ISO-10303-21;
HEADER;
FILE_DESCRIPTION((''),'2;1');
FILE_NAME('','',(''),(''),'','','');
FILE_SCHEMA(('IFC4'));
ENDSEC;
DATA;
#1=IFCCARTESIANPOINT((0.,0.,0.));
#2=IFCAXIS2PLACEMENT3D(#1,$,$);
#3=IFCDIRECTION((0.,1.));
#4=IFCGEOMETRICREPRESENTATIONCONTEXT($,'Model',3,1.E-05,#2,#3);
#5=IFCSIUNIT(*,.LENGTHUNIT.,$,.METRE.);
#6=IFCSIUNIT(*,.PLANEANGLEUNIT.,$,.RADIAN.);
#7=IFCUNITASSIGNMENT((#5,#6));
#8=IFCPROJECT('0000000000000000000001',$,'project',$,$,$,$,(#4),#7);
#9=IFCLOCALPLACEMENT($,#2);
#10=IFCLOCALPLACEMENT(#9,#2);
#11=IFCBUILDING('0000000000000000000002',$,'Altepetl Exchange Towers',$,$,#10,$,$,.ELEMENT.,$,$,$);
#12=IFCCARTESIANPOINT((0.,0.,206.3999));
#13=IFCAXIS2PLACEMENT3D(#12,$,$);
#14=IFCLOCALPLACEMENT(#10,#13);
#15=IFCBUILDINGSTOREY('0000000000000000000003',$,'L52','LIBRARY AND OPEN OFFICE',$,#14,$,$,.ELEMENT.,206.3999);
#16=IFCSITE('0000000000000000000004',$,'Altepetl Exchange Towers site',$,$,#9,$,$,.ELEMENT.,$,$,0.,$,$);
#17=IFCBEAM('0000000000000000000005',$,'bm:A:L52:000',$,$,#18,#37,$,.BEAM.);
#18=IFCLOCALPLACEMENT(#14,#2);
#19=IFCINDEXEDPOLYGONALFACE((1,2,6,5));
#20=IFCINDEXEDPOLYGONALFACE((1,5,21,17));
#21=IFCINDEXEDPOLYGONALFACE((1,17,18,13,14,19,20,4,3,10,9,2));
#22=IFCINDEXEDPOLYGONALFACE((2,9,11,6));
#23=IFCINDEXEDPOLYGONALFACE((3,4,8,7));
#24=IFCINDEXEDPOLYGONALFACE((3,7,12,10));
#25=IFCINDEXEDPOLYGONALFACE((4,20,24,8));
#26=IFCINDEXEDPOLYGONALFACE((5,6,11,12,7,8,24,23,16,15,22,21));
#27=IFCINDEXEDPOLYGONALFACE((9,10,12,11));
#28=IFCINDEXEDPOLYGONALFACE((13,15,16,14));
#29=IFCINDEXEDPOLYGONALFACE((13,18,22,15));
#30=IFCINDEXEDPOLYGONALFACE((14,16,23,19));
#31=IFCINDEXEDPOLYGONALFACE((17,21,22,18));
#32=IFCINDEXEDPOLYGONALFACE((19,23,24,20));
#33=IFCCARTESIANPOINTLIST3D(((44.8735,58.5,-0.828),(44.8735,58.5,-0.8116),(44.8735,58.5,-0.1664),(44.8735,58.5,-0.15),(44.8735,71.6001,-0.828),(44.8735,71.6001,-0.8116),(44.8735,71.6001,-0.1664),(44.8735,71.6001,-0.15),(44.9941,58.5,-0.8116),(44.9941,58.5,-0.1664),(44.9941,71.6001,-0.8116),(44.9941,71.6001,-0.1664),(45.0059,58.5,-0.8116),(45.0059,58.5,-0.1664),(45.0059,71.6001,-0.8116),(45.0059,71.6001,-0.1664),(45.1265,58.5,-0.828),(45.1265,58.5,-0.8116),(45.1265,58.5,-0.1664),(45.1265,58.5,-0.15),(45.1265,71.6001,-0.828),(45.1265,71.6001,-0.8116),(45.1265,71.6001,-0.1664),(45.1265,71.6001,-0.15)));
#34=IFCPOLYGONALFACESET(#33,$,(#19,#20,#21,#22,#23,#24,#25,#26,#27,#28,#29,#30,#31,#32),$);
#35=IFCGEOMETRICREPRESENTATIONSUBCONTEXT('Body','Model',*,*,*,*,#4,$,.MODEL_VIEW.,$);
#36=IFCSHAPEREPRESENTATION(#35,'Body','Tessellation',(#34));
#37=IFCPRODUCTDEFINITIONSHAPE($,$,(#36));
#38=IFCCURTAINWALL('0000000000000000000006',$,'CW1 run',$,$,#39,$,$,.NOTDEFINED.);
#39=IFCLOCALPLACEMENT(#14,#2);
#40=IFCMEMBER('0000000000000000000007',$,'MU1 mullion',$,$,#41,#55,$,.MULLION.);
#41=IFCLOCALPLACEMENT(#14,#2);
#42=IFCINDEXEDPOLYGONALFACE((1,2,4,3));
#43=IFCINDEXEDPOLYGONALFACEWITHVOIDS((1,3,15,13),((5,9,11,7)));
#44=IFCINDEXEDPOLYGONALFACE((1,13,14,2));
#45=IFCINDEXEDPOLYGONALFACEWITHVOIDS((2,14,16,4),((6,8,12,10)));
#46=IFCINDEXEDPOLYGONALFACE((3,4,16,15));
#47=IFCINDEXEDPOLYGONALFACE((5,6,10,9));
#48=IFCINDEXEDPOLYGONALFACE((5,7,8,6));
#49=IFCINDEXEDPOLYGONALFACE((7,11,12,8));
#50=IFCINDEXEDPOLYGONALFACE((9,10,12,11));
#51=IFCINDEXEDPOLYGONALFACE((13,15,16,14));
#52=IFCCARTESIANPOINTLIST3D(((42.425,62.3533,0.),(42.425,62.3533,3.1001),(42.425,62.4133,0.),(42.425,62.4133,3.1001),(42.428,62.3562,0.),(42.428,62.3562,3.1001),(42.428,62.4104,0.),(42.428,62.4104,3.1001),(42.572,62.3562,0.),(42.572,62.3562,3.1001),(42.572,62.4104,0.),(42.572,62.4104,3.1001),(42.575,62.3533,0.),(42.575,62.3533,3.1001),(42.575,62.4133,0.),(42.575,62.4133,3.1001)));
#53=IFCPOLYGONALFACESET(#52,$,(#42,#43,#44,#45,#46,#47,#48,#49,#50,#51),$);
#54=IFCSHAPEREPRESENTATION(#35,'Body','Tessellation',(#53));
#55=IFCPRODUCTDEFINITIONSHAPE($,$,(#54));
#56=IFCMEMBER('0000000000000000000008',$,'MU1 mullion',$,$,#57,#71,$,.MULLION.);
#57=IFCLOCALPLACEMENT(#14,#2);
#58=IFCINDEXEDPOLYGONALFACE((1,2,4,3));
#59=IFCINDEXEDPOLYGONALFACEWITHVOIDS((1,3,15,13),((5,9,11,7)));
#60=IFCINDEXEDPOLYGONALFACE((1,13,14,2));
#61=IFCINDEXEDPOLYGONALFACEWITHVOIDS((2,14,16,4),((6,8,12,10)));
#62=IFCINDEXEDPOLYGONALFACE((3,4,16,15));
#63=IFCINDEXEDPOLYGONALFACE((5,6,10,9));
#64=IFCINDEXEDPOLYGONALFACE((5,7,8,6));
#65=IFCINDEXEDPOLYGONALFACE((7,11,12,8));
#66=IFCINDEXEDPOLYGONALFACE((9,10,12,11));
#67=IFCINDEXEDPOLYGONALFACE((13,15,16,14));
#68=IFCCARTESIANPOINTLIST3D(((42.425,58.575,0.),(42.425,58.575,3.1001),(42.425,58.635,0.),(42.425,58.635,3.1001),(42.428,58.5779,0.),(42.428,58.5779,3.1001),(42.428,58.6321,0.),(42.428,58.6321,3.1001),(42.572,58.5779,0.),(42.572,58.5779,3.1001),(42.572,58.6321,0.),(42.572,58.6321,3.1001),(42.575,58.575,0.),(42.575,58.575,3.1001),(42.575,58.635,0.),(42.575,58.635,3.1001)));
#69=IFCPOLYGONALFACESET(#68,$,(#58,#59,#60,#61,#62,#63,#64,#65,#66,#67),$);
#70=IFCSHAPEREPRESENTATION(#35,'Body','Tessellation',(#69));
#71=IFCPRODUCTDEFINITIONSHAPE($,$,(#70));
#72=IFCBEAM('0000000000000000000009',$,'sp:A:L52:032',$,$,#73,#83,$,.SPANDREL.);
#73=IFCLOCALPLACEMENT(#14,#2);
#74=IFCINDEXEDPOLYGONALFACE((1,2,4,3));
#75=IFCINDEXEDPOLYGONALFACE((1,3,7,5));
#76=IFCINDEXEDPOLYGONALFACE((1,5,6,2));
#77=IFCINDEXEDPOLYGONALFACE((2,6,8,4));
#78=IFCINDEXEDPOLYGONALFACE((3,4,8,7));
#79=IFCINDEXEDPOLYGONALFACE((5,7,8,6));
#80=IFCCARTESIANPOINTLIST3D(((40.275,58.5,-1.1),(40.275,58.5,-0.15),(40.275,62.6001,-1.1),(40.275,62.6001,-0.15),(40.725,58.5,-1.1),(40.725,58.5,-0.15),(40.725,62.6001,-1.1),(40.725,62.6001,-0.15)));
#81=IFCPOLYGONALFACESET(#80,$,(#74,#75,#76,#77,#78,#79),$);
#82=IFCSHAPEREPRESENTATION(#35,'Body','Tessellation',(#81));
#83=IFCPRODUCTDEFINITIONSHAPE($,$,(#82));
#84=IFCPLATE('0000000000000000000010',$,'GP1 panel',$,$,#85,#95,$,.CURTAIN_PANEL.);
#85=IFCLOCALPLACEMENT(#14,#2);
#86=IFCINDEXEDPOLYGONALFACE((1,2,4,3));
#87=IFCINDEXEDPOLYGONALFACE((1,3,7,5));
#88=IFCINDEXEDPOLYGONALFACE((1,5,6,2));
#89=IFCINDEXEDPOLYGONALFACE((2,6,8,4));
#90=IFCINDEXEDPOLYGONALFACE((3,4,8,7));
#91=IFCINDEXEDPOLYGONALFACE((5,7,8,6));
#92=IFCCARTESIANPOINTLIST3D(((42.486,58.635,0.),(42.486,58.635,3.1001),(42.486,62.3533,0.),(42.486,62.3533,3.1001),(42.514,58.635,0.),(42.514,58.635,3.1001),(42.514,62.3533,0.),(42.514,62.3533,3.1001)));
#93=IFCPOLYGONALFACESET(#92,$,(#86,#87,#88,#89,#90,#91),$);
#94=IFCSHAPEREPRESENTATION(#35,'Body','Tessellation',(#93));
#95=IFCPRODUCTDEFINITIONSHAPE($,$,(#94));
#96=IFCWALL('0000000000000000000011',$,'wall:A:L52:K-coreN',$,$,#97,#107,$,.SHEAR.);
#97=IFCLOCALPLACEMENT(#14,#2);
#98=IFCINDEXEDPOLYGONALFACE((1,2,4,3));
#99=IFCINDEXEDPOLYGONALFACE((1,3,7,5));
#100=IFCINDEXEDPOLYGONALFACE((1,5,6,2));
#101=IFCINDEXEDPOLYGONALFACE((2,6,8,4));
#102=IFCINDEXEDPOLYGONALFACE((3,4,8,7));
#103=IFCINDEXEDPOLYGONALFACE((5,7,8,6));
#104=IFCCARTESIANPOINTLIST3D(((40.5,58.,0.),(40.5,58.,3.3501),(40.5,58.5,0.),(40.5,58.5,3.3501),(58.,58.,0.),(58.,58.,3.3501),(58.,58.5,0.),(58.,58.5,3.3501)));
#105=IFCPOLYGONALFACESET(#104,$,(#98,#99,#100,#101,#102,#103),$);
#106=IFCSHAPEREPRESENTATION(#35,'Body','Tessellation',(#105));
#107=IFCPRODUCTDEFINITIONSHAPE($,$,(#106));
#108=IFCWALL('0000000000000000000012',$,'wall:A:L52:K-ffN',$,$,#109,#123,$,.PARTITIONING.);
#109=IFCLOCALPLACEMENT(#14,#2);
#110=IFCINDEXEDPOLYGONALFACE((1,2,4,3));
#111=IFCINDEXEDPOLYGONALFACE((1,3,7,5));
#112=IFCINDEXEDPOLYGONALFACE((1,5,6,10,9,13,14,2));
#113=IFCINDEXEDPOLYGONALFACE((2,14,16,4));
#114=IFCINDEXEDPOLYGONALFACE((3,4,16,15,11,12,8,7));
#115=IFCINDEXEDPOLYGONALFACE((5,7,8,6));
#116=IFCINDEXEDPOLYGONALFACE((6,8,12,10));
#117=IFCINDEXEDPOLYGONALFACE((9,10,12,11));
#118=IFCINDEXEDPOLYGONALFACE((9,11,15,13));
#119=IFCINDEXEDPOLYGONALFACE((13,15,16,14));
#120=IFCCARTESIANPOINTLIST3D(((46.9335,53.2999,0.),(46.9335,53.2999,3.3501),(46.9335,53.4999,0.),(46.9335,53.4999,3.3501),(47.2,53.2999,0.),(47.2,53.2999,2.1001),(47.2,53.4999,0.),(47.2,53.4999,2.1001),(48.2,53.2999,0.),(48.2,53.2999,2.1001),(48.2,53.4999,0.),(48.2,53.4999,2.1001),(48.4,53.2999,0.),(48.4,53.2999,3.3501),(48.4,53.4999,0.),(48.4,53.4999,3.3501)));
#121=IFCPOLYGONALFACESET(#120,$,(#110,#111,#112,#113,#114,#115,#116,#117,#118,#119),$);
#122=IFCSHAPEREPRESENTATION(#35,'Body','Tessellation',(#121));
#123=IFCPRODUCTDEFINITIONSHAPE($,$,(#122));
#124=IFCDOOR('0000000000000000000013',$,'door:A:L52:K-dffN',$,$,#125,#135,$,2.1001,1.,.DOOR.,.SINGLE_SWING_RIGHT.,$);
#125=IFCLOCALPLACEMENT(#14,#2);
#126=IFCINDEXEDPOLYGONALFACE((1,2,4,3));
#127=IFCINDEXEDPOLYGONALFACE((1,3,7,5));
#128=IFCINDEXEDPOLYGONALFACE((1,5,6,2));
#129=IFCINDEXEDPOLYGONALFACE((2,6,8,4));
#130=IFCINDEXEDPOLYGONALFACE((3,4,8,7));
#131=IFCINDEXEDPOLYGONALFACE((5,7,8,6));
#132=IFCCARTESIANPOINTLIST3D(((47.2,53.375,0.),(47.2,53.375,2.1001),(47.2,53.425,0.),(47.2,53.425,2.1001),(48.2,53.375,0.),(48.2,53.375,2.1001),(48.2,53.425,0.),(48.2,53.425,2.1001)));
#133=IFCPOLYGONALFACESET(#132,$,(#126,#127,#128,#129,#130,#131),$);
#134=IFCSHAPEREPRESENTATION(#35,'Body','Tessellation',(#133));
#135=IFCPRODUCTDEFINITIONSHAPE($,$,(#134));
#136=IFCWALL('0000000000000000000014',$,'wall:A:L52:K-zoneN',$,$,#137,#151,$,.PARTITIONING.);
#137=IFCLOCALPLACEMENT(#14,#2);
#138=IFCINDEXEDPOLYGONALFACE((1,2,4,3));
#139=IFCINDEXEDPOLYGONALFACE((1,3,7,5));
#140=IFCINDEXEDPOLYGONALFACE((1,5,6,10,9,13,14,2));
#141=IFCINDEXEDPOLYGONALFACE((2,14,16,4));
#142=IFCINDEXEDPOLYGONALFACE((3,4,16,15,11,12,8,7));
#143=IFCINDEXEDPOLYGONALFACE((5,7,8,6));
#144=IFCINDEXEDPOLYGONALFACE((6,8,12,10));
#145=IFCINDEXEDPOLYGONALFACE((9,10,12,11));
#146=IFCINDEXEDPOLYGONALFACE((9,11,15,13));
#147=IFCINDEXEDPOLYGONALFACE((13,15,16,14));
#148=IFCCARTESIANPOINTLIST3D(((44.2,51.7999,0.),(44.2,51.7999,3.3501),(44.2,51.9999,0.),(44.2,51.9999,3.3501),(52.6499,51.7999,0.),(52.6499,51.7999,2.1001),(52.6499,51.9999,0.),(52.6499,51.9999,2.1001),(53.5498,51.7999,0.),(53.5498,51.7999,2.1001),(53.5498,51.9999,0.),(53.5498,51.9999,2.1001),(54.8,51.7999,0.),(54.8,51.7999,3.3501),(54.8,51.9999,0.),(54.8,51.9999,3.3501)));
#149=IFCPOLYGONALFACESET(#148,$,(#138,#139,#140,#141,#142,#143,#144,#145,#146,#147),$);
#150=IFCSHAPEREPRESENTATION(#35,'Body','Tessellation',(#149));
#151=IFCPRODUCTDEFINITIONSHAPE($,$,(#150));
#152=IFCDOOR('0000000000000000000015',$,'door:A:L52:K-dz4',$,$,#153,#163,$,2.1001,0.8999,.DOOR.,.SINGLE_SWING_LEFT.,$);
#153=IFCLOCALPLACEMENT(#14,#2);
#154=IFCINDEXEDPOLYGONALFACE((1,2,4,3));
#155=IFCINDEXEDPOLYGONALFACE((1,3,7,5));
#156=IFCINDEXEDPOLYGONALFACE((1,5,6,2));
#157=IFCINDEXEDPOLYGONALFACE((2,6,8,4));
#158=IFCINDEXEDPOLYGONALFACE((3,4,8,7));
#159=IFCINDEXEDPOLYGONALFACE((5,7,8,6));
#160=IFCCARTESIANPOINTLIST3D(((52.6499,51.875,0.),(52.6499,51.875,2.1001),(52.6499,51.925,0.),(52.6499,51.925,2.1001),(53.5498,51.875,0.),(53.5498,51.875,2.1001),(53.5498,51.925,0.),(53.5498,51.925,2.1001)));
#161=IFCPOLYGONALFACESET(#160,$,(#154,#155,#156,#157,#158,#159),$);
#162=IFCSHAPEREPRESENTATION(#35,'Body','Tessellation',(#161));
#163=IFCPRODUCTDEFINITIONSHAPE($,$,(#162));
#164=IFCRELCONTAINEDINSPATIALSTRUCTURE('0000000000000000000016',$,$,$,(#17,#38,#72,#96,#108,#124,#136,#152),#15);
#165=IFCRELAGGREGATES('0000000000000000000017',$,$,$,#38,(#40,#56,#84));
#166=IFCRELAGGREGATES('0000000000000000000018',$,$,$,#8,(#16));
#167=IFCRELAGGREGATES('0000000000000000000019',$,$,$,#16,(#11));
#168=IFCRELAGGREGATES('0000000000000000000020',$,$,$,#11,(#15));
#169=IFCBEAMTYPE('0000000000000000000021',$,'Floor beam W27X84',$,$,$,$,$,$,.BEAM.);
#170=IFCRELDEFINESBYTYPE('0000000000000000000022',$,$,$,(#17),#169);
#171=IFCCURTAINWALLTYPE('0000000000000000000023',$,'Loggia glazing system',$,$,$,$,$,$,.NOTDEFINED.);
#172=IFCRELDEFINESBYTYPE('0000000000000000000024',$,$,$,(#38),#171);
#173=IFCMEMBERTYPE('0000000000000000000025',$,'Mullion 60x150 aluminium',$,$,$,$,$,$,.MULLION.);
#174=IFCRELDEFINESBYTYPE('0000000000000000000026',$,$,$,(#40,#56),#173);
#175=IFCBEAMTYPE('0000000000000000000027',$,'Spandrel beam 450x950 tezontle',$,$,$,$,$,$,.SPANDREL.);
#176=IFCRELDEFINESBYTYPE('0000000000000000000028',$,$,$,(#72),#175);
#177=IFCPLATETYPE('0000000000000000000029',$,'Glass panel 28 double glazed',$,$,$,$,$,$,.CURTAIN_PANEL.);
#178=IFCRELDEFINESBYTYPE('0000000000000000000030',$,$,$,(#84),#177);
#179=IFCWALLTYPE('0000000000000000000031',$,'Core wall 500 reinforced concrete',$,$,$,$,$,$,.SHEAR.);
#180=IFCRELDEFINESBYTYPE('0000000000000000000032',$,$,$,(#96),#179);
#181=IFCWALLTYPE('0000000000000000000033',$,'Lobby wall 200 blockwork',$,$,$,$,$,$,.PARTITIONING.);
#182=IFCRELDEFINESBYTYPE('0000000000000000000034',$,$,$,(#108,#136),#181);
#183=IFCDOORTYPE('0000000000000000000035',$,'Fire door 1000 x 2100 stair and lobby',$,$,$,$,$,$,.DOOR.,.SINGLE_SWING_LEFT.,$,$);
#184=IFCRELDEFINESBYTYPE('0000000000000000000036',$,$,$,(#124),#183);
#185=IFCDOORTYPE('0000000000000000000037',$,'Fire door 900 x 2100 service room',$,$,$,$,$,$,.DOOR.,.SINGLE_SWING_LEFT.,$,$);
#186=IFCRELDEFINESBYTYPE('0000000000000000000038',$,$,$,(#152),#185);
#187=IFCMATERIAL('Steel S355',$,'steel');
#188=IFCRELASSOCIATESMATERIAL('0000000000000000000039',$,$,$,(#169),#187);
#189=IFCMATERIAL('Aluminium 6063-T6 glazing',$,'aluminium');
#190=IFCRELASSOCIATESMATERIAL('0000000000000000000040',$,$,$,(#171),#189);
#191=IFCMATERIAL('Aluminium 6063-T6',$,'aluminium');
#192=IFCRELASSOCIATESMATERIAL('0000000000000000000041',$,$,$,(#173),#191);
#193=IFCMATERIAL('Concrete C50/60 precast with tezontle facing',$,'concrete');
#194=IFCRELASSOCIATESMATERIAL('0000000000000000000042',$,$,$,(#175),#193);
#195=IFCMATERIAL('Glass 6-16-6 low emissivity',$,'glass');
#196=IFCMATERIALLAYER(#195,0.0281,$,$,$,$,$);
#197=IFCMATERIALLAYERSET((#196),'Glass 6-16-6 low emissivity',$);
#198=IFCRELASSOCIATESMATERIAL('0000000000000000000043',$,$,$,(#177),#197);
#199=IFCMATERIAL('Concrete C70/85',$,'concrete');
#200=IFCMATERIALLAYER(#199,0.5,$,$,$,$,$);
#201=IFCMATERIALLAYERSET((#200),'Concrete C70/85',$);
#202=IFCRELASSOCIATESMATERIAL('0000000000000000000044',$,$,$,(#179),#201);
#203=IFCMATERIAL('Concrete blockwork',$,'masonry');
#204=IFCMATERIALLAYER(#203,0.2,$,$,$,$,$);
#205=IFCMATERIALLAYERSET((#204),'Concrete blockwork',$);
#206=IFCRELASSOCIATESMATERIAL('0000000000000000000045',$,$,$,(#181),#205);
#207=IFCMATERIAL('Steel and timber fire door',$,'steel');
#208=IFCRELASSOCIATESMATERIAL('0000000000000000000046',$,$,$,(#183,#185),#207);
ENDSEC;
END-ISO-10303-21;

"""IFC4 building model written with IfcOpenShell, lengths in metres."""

from ifc_helpers import new_model, si_unit, direction, frame, frame_2d, origin, origin_2d, place, context, subcontext, project, spatial, rectangle, hollow_rectangle, i_section, extrude, material, layer, layer_set, material_profile, profile_set, type_object, element, fill, aggregate, save


model = new_model("IFC4")

# Units and contexts
model_context = context("Model", 3, precision=1e-05, world=origin(), true_north=direction((0.0, 1.0)))
body_context = subcontext(model_context, "Body", "Model", "MODEL_VIEW")
ifc_project = project(units=[si_unit("LENGTHUNIT", "METRE"), si_unit("PLANEANGLEUNIT", "RADIAN")], contexts=[model_context])

# Site, building, storey
site_placement = place(None, origin())
site = spatial("IfcSite", under=ifc_project, at=site_placement, Name="Altepetl Exchange Towers site", CompositionType="ELEMENT", RefElevation=0.0)
building_placement = place(site_placement, origin())
building = spatial("IfcBuilding", under=site, at=building_placement, Name="Altepetl Exchange Towers", CompositionType="ELEMENT")
storey_placement = place(building_placement, frame((0.0, 0.0, 206.3999)))
storey = spatial("IfcBuildingStorey", under=building, at=storey_placement, Name="L52", Description="LIBRARY AND OPEN OFFICE", CompositionType="ELEMENT", Elevation=206.3999)

# Beam
ifc_material_1 = material(Name="Steel S355", Category="steel")
ifc_material_profile_1 = material_profile(ifc_material_1, i_section(OverallWidth=0.2529, OverallDepth=0.678, WebThickness=0.0117, FlangeThickness=0.0164, at=origin_2d()), Name="W27X84")
ifc_profile_set_1 = profile_set([ifc_material_profile_1], Name="Steel S355")
beam_type_1 = type_object("IfcBeamType", Name="Floor beam W27X84", PredefinedType="BEAM", material=ifc_profile_set_1)
beam_1_placement = place(storey_placement, frame((45.0, 58.5, -0.489), z_axis=(0.0, 1.0, 0.0), x_axis=(-1.0, 0.0, 0.0)))
element("IfcBeam", 1, at=beam_1_placement, inside=storey, type_object=beam_type_1, Name="bm:A:L52:000", PredefinedType="BEAM", context=body_context, shape_type="SweptSolid", body=[
    extrude(i_section(OverallWidth=0.2529, OverallDepth=0.678, WebThickness=0.0117, FlangeThickness=0.0164, at=origin_2d()), origin(), (0.0, 0.0, 1.0), 13.1001),
])

# Curtain wall, members
ifc_material_2 = material(Name="Aluminium 6063-T6 glazing", Category="aluminium")
curtain_wall_type = type_object("IfcCurtainWallType", Name="Loggia glazing system", PredefinedType="NOTDEFINED", material=ifc_material_2)
curtain_wall_placement = place(storey_placement, origin())
curtain_wall = element("IfcCurtainWall", 2, at=curtain_wall_placement, inside=storey, type_object=curtain_wall_type, Name="CW1 run", PredefinedType="NOTDEFINED")
ifc_material_3 = material(Name="Aluminium 6063-T6", Category="aluminium")
ifc_material_profile_2 = material_profile(ifc_material_3, hollow_rectangle(XDim=0.0601, YDim=0.1499, WallThickness=0.0029, at=origin_2d()), Name="Mullion 60x150 aluminium")
ifc_profile_set_2 = profile_set([ifc_material_profile_2], Name="Aluminium 6063-T6")
member_type = type_object("IfcMemberType", Name="Mullion 60x150 aluminium", PredefinedType="MULLION", material=ifc_profile_set_2)
member_1_placement = place(storey_placement, frame((42.5, 62.3833, 0.0), z_axis=(0.0, 0.0, 1.0), x_axis=(0.0, -1.0, 0.0)))
member_1 = element("IfcMember", 3, at=member_1_placement, type_object=member_type, Name="MU1 mullion", PredefinedType="MULLION", context=body_context, shape_type="SweptSolid", body=[
    extrude(hollow_rectangle(XDim=0.0601, YDim=0.1499, WallThickness=0.0029, at=origin_2d()), origin(), (0.0, 0.0, 1.0), 3.1001),
])
member_2_placement = place(storey_placement, frame((42.5, 58.605, 0.0), z_axis=(0.0, 0.0, 1.0), x_axis=(0.0, -1.0, 0.0)))
member_2 = element("IfcMember", 4, at=member_2_placement, type_object=member_type, Name="MU1 mullion", PredefinedType="MULLION", context=body_context, shape_type="SweptSolid", body=[
    extrude(hollow_rectangle(XDim=0.0601, YDim=0.1499, WallThickness=0.0029, at=origin_2d()), origin(), (0.0, 0.0, 1.0), 3.1001),
])

# Beam
ifc_material_4 = material(Name="Concrete C50/60 precast with tezontle facing", Category="concrete")
ifc_material_profile_3 = material_profile(ifc_material_4, rectangle(XDim=0.45, YDim=0.95, at=origin_2d()), Name="450 x 950")
ifc_profile_set_3 = profile_set([ifc_material_profile_3], Name="Concrete C50/60 precast with tezontle facing")
beam_type_2 = type_object("IfcBeamType", Name="Spandrel beam 450x950 tezontle", PredefinedType="SPANDREL", material=ifc_profile_set_3)
beam_2_placement = place(storey_placement, frame((40.5, 62.6001, -0.625), z_axis=(0.0, -1.0, 0.0), x_axis=(1.0, 0.0, 0.0)))
element("IfcBeam", 5, at=beam_2_placement, inside=storey, type_object=beam_type_2, Name="sp:A:L52:032", PredefinedType="SPANDREL", context=body_context, shape_type="SweptSolid", body=[
    extrude(rectangle(XDim=0.45, YDim=0.95, at=origin_2d()), origin(), (0.0, 0.0, 1.0), 4.1001),
])

# Plate
ifc_material_5 = material(Name="Glass 6-16-6 low emissivity", Category="glass")
ifc_layer_1 = layer(ifc_material_5, 0.0281)
ifc_layer_set_1 = layer_set([ifc_layer_1], Name="Glass 6-16-6 low emissivity")
plate_type = type_object("IfcPlateType", Name="Glass panel 28 double glazed", PredefinedType="CURTAIN_PANEL", material=ifc_layer_set_1)
plate_placement = place(storey_placement, frame((42.5, 60.4941, 0.0), z_axis=(0.0, 0.0, 1.0), x_axis=(0.0, -1.0, 0.0)))
plate = element("IfcPlate", 6, at=plate_placement, type_object=plate_type, Name="GP1 panel", PredefinedType="CURTAIN_PANEL", context=body_context, shape_type="SweptSolid", body=[
    extrude(rectangle(XDim=3.7183, YDim=0.0281, at=origin_2d()), origin(), (0.0, 0.0, 1.0), 3.1001),
])
aggregate(curtain_wall, [member_1, member_2, plate])

# Wall
ifc_material_6 = material(Name="Concrete C70/85", Category="concrete")
ifc_layer_2 = layer(ifc_material_6, 0.5)
ifc_layer_set_2 = layer_set([ifc_layer_2], Name="Concrete C70/85")
wall_type_1 = type_object("IfcWallType", Name="Core wall 500 reinforced concrete", PredefinedType="SHEAR", material=ifc_layer_set_2)
wall_1_placement = place(storey_placement, frame((40.5, 58.25, 0.0)))
element("IfcWall", 7, at=wall_1_placement, inside=storey, type_object=wall_type_1, Name="wall:A:L52:K-coreN", PredefinedType="SHEAR", context=body_context, shape_type="SweptSolid", body=[
    extrude(rectangle(XDim=17.5, YDim=0.5, at=frame_2d((8.75, 0.0))), origin(), (0.0, 0.0, 1.0), 3.3501),
])

# Walls, openings, doors
ifc_material_7 = material(Name="Concrete blockwork", Category="masonry")
ifc_layer_3 = layer(ifc_material_7, 0.2)
ifc_layer_set_3 = layer_set([ifc_layer_3], Name="Concrete blockwork")
wall_type_2 = type_object("IfcWallType", Name="Lobby wall 200 blockwork", PredefinedType="PARTITIONING", material=ifc_layer_set_3)
wall_2_placement = place(storey_placement, frame((46.9333, 53.3999, 0.0)))
wall_2 = element("IfcWall", 8, at=wall_2_placement, inside=storey, type_object=wall_type_2, Name="wall:A:L52:K-ffN", PredefinedType="PARTITIONING", context=body_context, shape_type="SweptSolid", body=[
    extrude(rectangle(XDim=1.4666, YDim=0.2, at=frame_2d((0.7334, 0.0))), origin(), (0.0, 0.0, 1.0), 3.3501),
])
opening_1_placement = place(wall_2_placement, frame((0.2666, 0.0, 0.0)))
opening_1 = element("IfcOpeningElement", 9, at=opening_1_placement, cuts=wall_2, PredefinedType="OPENING", context=body_context, shape_type="SweptSolid", body=[
    extrude(rectangle(XDim=1.0, YDim=2.1001, at=frame_2d((0.5, 1.05))), frame((0.0, 0.1099, 0.0), z_axis=(0.0, -1.0, 0.0), x_axis=(1.0, 0.0, 0.0)), (0.0, 0.0, 1.0), 0.22),
])
ifc_material_8 = material(Name="Steel and timber fire door", Category="steel")
door_type_1 = type_object("IfcDoorType", Name="Fire door 1000 x 2100 stair and lobby", OperationType="SINGLE_SWING_LEFT", PredefinedType="DOOR", material=ifc_material_8)
door_1_placement = place(opening_1_placement, frame((1.0, 0.0, 0.0), x_axis=(-1.0, 0.0, 0.0)))
door_1 = element("IfcDoor", 10, at=door_1_placement, inside=storey, type_object=door_type_1, Name="door:A:L52:K-dffN", OperationType="SINGLE_SWING_RIGHT", OverallHeight=2.1001, OverallWidth=1.0, PredefinedType="DOOR", context=body_context, shape_type="SweptSolid", body=[
    extrude(rectangle(XDim=1.0, YDim=2.1001, at=frame_2d((0.5, 1.05))), frame((0.0, 0.0249, 0.0), z_axis=(0.0, -1.0, 0.0), x_axis=(1.0, 0.0, 0.0)), (0.0, 0.0, 1.0), 0.05),
])
fill(opening_1, door_1)
wall_3_placement = place(storey_placement, frame((44.2, 51.8999, 0.0)))
wall_3 = element("IfcWall", 11, at=wall_3_placement, inside=storey, type_object=wall_type_2, Name="wall:A:L52:K-zoneN", PredefinedType="PARTITIONING", context=body_context, shape_type="SweptSolid", body=[
    extrude(rectangle(XDim=10.6001, YDim=0.2, at=frame_2d((5.3, 0.0))), origin(), (0.0, 0.0, 1.0), 3.3501),
])
opening_2_placement = place(wall_3_placement, frame((8.45, 0.0, 0.0)))
opening_2 = element("IfcOpeningElement", 12, at=opening_2_placement, cuts=wall_3, PredefinedType="OPENING", context=body_context, shape_type="SweptSolid", body=[
    extrude(rectangle(XDim=0.8999, YDim=2.1001, at=frame_2d((0.45, 1.05))), frame((0.0, 0.1099, 0.0), z_axis=(0.0, -1.0, 0.0), x_axis=(1.0, 0.0, 0.0)), (0.0, 0.0, 1.0), 0.22),
])
door_type_2 = type_object("IfcDoorType", Name="Fire door 900 x 2100 service room", OperationType="SINGLE_SWING_LEFT", PredefinedType="DOOR", material=ifc_material_8)
door_2_placement = place(opening_2_placement, frame((0.8999, 0.0, 0.0), x_axis=(-1.0, 0.0, 0.0)))
door_2 = element("IfcDoor", 13, at=door_2_placement, inside=storey, type_object=door_type_2, Name="door:A:L52:K-dz4", OperationType="SINGLE_SWING_LEFT", OverallHeight=2.1001, OverallWidth=0.8999, PredefinedType="DOOR", context=body_context, shape_type="SweptSolid", body=[
    extrude(rectangle(XDim=0.8999, YDim=2.1001, at=frame_2d((0.45, 1.05))), frame((0.0, 0.0249, 0.0), z_axis=(0.0, -1.0, 0.0), x_axis=(1.0, 0.0, 0.0)), (0.0, 0.0, 1.0), 0.05),
])
fill(opening_2, door_2)

save(model, "model.ifc")
